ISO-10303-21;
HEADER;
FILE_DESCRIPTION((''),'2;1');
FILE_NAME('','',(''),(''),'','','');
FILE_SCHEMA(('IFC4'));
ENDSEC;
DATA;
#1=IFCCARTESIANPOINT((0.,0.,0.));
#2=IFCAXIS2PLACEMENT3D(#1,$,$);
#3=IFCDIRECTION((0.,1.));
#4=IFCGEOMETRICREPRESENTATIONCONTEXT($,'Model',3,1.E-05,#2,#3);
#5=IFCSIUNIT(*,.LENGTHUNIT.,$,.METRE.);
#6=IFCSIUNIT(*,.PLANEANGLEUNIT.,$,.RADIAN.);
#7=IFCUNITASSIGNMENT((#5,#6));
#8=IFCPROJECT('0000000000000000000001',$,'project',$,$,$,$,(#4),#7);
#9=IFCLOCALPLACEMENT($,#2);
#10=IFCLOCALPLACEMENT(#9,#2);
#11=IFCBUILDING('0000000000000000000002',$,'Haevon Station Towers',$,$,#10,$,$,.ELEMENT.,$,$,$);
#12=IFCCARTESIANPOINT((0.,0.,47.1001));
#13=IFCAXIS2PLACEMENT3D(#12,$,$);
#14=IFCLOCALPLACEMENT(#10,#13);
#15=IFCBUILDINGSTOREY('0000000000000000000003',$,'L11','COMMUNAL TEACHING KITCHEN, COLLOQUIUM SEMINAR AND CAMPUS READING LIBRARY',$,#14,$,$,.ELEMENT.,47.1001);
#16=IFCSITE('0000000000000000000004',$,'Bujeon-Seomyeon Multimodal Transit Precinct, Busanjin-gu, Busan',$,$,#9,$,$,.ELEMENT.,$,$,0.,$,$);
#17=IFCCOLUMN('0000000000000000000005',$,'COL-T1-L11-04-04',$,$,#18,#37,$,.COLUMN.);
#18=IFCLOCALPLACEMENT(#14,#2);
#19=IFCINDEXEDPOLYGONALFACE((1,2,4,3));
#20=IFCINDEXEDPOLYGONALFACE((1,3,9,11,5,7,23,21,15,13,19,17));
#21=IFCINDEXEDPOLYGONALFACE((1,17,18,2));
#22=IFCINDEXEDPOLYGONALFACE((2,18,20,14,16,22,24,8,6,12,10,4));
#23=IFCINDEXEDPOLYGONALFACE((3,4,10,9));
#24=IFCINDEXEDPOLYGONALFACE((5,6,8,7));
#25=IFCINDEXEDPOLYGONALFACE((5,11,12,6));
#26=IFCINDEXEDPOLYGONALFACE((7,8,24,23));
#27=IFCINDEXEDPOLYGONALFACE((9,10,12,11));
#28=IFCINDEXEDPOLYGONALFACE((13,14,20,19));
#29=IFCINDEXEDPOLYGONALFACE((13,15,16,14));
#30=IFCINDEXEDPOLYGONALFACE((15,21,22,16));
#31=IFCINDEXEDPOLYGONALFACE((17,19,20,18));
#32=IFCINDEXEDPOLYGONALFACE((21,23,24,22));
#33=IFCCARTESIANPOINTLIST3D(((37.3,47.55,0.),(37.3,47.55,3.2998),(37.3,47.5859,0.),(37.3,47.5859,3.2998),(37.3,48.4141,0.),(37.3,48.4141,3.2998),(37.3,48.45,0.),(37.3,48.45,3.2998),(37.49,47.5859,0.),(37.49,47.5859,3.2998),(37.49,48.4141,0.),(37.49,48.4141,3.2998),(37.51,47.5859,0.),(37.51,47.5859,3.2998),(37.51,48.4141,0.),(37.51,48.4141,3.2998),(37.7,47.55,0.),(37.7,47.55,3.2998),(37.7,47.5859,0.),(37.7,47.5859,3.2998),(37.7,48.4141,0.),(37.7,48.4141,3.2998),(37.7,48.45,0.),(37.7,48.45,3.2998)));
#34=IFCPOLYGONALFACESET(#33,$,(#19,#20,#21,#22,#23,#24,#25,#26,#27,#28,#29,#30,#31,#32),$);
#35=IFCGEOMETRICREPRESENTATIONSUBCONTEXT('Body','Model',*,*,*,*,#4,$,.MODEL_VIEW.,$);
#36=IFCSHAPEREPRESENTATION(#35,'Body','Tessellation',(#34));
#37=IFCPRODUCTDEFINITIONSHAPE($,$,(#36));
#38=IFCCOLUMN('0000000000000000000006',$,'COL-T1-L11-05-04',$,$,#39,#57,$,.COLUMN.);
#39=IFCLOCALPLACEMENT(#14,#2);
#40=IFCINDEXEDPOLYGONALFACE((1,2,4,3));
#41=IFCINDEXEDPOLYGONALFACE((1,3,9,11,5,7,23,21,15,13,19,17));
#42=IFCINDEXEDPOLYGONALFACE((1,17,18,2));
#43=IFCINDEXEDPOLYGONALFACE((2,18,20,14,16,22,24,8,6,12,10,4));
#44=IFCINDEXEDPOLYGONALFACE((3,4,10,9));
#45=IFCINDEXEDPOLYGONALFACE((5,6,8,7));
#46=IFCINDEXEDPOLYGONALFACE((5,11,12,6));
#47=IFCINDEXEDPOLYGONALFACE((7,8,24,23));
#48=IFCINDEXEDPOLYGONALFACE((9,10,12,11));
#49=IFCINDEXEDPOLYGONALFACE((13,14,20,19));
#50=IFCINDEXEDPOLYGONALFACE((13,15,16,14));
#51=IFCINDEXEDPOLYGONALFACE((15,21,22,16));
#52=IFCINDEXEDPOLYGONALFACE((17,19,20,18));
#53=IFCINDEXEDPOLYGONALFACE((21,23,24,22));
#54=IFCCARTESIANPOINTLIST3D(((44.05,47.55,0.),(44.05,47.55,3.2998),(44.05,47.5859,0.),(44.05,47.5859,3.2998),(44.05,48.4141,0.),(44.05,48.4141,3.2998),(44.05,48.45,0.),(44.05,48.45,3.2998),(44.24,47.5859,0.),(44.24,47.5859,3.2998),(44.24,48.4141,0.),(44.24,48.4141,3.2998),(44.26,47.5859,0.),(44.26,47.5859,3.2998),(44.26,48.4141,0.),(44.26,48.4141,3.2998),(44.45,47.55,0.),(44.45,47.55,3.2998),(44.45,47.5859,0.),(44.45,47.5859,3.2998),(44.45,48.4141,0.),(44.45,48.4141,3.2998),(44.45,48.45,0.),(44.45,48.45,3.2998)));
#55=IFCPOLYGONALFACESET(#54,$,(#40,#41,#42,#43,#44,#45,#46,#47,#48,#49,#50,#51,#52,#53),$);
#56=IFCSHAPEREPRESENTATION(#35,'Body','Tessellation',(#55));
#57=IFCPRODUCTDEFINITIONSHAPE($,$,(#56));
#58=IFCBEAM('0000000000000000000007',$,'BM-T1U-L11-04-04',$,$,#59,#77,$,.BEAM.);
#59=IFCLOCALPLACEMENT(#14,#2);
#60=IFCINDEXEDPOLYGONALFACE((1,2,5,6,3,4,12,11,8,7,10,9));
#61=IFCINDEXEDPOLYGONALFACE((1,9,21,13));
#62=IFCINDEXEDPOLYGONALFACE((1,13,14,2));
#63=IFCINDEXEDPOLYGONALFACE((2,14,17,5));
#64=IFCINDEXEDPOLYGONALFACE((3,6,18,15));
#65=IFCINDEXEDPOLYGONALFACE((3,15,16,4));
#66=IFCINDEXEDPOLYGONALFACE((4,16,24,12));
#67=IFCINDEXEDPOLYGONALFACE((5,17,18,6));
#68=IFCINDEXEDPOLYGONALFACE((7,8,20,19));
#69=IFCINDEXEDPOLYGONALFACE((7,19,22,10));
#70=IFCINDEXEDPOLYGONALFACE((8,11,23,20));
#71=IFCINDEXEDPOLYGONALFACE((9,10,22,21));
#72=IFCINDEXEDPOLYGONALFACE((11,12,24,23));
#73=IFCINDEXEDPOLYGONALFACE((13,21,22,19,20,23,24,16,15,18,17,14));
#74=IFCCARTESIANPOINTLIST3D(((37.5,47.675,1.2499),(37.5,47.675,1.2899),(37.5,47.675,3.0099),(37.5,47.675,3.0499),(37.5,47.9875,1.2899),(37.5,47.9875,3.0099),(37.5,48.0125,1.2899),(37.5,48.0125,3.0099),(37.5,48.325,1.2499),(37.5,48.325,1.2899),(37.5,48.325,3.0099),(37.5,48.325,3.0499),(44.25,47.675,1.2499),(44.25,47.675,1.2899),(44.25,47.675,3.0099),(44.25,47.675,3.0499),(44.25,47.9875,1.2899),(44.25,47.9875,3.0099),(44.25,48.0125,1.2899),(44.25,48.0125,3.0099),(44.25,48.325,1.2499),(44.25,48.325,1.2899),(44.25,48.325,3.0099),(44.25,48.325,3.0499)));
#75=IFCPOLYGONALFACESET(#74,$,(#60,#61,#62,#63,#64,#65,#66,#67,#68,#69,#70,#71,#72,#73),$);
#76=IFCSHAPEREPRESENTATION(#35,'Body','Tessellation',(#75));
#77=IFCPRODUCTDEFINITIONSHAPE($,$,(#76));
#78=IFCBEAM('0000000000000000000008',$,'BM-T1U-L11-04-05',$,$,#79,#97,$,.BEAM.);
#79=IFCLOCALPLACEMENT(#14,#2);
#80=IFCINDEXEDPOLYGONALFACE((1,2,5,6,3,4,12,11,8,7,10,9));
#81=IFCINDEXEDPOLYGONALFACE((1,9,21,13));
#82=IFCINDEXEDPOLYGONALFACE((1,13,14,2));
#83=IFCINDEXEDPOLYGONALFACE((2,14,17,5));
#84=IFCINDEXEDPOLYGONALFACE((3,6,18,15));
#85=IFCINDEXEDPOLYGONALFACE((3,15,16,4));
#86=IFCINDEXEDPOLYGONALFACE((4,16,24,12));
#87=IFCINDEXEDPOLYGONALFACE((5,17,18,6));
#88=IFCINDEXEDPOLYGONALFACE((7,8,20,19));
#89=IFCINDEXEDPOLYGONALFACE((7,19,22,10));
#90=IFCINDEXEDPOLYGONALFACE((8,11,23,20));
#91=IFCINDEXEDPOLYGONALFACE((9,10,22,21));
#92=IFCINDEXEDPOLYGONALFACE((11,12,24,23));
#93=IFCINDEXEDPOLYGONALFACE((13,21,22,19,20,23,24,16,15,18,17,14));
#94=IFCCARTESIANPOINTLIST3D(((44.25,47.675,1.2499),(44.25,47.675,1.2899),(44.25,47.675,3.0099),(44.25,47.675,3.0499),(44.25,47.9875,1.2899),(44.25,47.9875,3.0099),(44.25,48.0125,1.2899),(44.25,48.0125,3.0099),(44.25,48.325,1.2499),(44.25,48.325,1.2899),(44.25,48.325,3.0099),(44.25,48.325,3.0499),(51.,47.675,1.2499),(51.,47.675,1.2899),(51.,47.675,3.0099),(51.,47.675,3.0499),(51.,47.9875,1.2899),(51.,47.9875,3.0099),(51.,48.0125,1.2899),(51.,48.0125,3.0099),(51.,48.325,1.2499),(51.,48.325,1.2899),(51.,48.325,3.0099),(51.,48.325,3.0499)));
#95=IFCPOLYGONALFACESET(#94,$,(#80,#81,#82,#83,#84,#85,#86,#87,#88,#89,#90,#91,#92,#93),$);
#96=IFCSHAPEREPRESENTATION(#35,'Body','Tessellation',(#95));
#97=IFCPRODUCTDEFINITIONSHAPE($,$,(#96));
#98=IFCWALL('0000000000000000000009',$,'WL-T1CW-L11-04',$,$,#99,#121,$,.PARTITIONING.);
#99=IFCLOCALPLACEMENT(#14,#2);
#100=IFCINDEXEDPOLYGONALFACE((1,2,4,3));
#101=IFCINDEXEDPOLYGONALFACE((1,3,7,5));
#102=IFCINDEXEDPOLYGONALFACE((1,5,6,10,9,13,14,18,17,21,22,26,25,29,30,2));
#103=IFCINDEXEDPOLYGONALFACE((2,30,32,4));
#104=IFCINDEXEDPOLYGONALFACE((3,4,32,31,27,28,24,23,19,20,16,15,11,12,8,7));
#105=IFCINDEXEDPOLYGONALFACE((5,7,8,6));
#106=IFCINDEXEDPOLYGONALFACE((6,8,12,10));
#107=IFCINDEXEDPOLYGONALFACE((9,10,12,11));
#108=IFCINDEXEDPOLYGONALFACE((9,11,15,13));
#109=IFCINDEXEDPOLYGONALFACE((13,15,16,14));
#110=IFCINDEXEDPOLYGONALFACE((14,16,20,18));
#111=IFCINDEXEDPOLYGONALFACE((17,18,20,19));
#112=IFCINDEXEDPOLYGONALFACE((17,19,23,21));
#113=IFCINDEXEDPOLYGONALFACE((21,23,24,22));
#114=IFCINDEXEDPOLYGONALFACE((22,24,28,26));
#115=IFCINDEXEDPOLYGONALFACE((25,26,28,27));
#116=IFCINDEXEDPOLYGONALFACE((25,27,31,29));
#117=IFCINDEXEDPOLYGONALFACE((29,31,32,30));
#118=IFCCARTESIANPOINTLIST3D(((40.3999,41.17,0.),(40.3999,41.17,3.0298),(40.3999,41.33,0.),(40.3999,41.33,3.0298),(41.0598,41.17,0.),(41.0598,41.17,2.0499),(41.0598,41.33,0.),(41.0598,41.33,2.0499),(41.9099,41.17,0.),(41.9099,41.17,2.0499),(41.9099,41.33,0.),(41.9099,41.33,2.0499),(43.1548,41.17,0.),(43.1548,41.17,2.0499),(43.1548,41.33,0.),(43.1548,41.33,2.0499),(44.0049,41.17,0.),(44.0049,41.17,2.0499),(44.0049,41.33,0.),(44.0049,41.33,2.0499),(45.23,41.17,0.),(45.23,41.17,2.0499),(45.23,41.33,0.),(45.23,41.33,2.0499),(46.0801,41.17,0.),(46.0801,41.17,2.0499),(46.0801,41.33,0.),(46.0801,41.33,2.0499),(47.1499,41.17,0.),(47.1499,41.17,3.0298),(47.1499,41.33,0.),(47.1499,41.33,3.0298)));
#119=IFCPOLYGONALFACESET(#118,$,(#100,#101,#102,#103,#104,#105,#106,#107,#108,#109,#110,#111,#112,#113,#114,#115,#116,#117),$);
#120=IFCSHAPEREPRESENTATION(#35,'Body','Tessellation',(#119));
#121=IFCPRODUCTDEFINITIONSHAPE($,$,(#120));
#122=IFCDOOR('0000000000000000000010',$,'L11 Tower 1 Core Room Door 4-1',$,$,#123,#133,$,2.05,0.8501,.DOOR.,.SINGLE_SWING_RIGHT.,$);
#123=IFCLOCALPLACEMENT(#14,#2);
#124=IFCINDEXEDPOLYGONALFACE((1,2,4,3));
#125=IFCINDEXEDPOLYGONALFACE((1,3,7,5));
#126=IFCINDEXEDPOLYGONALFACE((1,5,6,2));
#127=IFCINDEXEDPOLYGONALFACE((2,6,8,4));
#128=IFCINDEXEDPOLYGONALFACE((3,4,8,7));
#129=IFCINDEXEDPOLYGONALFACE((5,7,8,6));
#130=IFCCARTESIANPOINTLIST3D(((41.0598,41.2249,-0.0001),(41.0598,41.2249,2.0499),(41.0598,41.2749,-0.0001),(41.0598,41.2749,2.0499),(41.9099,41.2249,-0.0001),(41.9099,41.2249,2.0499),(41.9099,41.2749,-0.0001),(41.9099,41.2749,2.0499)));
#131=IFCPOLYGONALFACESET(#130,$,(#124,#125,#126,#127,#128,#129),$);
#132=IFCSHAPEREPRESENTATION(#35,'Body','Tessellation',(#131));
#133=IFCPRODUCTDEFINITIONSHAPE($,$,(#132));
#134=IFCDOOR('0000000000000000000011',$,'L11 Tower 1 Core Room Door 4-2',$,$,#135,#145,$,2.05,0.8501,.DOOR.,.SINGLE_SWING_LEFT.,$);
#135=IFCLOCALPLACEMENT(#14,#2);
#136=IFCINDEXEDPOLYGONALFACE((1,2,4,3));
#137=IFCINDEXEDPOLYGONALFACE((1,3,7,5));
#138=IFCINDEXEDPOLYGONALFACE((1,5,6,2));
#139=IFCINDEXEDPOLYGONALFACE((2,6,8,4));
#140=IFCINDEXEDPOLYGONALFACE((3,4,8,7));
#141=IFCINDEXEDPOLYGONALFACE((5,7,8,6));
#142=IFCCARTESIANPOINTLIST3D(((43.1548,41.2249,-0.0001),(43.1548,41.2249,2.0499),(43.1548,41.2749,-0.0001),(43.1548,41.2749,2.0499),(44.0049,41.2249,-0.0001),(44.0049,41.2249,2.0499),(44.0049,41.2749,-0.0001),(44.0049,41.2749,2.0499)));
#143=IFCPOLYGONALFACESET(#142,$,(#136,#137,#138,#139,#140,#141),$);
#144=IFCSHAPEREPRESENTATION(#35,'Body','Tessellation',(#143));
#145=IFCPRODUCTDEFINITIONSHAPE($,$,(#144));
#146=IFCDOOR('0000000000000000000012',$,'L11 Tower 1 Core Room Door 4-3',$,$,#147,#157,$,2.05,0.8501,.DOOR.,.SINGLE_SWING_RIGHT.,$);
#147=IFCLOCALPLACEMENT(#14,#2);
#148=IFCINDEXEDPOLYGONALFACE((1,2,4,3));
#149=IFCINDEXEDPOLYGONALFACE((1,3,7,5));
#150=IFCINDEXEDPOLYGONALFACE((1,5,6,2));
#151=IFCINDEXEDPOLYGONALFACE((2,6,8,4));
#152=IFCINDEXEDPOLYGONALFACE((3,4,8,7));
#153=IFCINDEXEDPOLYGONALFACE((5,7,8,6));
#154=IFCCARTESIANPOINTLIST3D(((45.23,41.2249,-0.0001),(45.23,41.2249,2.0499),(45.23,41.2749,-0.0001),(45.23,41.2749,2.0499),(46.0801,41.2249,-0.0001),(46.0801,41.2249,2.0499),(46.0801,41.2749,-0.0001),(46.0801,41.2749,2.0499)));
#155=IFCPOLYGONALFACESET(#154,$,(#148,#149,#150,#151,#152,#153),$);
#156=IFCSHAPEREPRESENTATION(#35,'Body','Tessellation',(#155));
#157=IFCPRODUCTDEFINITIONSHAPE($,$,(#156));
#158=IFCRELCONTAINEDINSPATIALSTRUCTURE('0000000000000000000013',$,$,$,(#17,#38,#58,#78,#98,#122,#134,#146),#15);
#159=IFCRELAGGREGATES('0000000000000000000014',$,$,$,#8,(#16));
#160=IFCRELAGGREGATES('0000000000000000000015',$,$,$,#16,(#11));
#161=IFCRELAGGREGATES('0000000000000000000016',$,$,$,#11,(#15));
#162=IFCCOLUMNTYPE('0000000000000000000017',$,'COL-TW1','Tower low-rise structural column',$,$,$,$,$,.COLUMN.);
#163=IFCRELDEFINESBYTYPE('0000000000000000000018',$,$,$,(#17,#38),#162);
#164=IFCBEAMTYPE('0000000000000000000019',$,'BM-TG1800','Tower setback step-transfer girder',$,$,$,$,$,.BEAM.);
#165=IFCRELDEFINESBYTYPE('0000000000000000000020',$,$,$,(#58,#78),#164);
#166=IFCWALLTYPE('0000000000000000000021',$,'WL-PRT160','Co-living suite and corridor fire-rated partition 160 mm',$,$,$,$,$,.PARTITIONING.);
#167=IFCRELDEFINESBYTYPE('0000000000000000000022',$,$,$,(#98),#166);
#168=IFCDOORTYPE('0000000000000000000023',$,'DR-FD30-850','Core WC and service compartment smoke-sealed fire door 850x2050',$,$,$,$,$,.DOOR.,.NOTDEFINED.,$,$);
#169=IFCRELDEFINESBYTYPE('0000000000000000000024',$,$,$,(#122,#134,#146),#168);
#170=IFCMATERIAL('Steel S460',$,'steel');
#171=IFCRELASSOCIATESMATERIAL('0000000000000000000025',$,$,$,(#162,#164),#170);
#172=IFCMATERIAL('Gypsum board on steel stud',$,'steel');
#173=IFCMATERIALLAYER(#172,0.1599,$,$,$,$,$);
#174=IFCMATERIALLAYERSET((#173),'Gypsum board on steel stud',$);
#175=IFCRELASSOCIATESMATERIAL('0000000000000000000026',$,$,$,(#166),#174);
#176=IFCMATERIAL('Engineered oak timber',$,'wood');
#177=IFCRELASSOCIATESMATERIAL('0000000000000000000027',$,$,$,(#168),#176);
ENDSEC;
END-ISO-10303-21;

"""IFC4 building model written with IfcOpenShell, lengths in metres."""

from ifc_helpers import new_model, si_unit, direction, frame, frame_2d, origin, origin_2d, place, context, subcontext, project, spatial, rectangle, i_section, extrude, material, layer, layer_set, material_profile, profile_set, type_object, element, fill, save


model = new_model("IFC4")

# Units and contexts
model_context = context("Model", 3, precision=1e-05, world=origin(), true_north=direction((0.0, 1.0)))
body_context = subcontext(model_context, "Body", "Model", "MODEL_VIEW")
ifc_project = project(units=[si_unit("LENGTHUNIT", "METRE"), si_unit("PLANEANGLEUNIT", "RADIAN")], contexts=[model_context])

# Site, building, storey
site_placement = place(None, origin())
site = spatial("IfcSite", under=ifc_project, at=site_placement, Name="Bujeon-Seomyeon Multimodal Transit Precinct, Busanjin-gu, Busan", CompositionType="ELEMENT", RefElevation=0.0)
building_placement = place(site_placement, origin())
building = spatial("IfcBuilding", under=site, at=building_placement, Name="Haevon Station Towers", CompositionType="ELEMENT")
storey_placement = place(building_placement, frame((0.0, 0.0, 47.1001)))
storey = spatial("IfcBuildingStorey", under=building, at=storey_placement, Name="L11", Description="COMMUNAL TEACHING KITCHEN, COLLOQUIUM SEMINAR AND CAMPUS READING LIBRARY", CompositionType="ELEMENT", Elevation=47.1001)

# Columns
ifc_material_1 = material(Name="Steel S460", Category="steel")
ifc_material_profile_1 = material_profile(ifc_material_1, i_section(OverallWidth=0.3999, OverallDepth=0.8999, WebThickness=0.02, FlangeThickness=0.0359, at=origin_2d()), Name="H-900x400x20x36")
ifc_profile_set_1 = profile_set([ifc_material_profile_1], Name="Steel S460")
column_type = type_object("IfcColumnType", Name="COL-TW1", Description="Tower low-rise structural column", PredefinedType="COLUMN", material=ifc_profile_set_1)
for number, where, z_axis, x_axis, name in (
    (1, (37.5, 48.0, 0.0), (0.0, 0.0, 1.0), (1.0, 0.0, 0.0), "COL-T1-L11-04-04"),
    (2, (44.25, 48.0, 0.0), (0.0, 0.0, 1.0), (1.0, 0.0, 0.0), "COL-T1-L11-05-04"),
):
    element("IfcColumn", number, at=place(storey_placement, frame(where, z_axis=z_axis, x_axis=x_axis)), inside=storey, type_object=column_type, Name=name, PredefinedType="COLUMN", context=body_context, shape_type="SweptSolid", body=[
        extrude(i_section(OverallWidth=0.3999, OverallDepth=0.8999, WebThickness=0.02, FlangeThickness=0.0359, at=origin_2d()), origin(), (0.0, 0.0, 1.0), 3.2998),
    ])

# Beams
ifc_material_profile_2 = material_profile(ifc_material_1, i_section(OverallWidth=0.6499, OverallDepth=1.8, WebThickness=0.0249, FlangeThickness=0.04, at=origin_2d()), Name="H-1800x650x25x40")
ifc_profile_set_2 = profile_set([ifc_material_profile_2], Name="Steel S460")
beam_type = type_object("IfcBeamType", Name="BM-TG1800", Description="Tower setback step-transfer girder", PredefinedType="BEAM", material=ifc_profile_set_2)
for number, where, z_axis, x_axis, name in (
    (3, (37.5, 48.0, 2.1499), (1.0, 0.0, 0.0), (0.0, 1.0, 0.0), "BM-T1U-L11-04-04"),
    (4, (44.25, 48.0, 2.1499), (1.0, 0.0, 0.0), (0.0, 1.0, 0.0), "BM-T1U-L11-04-05"),
):
    element("IfcBeam", number, at=place(storey_placement, frame(where, z_axis=z_axis, x_axis=x_axis)), inside=storey, type_object=beam_type, Name=name, PredefinedType="BEAM", context=body_context, shape_type="SweptSolid", body=[
        extrude(i_section(OverallWidth=0.6499, OverallDepth=1.8, WebThickness=0.0249, FlangeThickness=0.04, at=origin_2d()), origin(), (0.0, 0.0, 1.0), 6.75),
    ])

# Wall, openings, doors
ifc_material_2 = material(Name="Gypsum board on steel stud", Category="steel")
ifc_layer_1 = layer(ifc_material_2, 0.1599)
ifc_layer_set_1 = layer_set([ifc_layer_1], Name="Gypsum board on steel stud")
wall_type_1 = type_object("IfcWallType", Name="WL-PRT160", Description="Co-living suite and corridor fire-rated partition 160 mm", PredefinedType="PARTITIONING", material=ifc_layer_set_1)
wall_1_placement = place(storey_placement, frame((40.3999, 41.25, 0.0), z_axis=(0.0, 0.0, 1.0), x_axis=(1.0, 0.0, 0.0)))
wall_1 = element("IfcWall", 5, at=wall_1_placement, inside=storey, type_object=wall_type_1, Name="WL-T1CW-L11-04", PredefinedType="PARTITIONING", context=body_context, shape_type="SweptSolid", body=[
    extrude(rectangle(XDim=6.75, YDim=0.1599, at=frame_2d((3.375, 0.0))), origin(), (0.0, 0.0, 1.0), 3.0298),
])
opening_1_placement = place(wall_1_placement, frame((0.6599, 0.0, 0.0)))
opening_1 = element("IfcOpeningElement", 6, at=opening_1_placement, cuts=wall_1, PredefinedType="OPENING", context=body_context, shape_type="SweptSolid", body=[
    extrude(rectangle(XDim=0.8501, YDim=2.05, at=frame_2d((0.425, 1.0249))), frame((0.0, 0.0898, 0.0), z_axis=(0.0, -1.0, 0.0), x_axis=(1.0, 0.0, 0.0)), (0.0, 0.0, 1.0), 0.1799),
])
opening_2_placement = place(wall_1_placement, frame((2.7549, 0.0, 0.0)))
opening_2 = element("IfcOpeningElement", 7, at=opening_2_placement, cuts=wall_1, PredefinedType="OPENING", context=body_context, shape_type="SweptSolid", body=[
    extrude(rectangle(XDim=0.8501, YDim=2.05, at=frame_2d((0.425, 1.0249))), frame((0.0, 0.0898, 0.0), z_axis=(0.0, -1.0, 0.0), x_axis=(1.0, 0.0, 0.0)), (0.0, 0.0, 1.0), 0.1799),
])
opening_3_placement = place(wall_1_placement, frame((4.8301, 0.0, 0.0)))
opening_3 = element("IfcOpeningElement", 8, at=opening_3_placement, cuts=wall_1, PredefinedType="OPENING", context=body_context, shape_type="SweptSolid", body=[
    extrude(rectangle(XDim=0.8501, YDim=2.05, at=frame_2d((0.425, 1.0249))), frame((0.0, 0.0898, 0.0), z_axis=(0.0, -1.0, 0.0), x_axis=(1.0, 0.0, 0.0)), (0.0, 0.0, 1.0), 0.1799),
])
ifc_material_3 = material(Name="Engineered oak timber", Category="wood")
door_type_1 = type_object("IfcDoorType", Name="DR-FD30-850", Description="Core WC and service compartment smoke-sealed fire door 850x2050", OperationType="NOTDEFINED", PredefinedType="DOOR", material=ifc_material_3)
door_1_placement = place(opening_1_placement, origin())
door_1 = element("IfcDoor", 9, at=door_1_placement, inside=storey, type_object=door_type_1, Name="L11 Tower 1 Core Room Door 4-1", OperationType="SINGLE_SWING_RIGHT", OverallHeight=2.05, OverallWidth=0.8501, PredefinedType="DOOR", context=body_context, shape_type="SweptSolid", body=[
    extrude(rectangle(XDim=0.8501, YDim=2.05, at=frame_2d((0.425, 1.0249))), frame((0.0, 0.0249, 0.0), z_axis=(0.0, -1.0, 0.0), x_axis=(1.0, 0.0, 0.0)), (0.0, 0.0, 1.0), 0.05),
])
fill(opening_1, door_1)
door_2_placement = place(opening_2_placement, origin())
door_2 = element("IfcDoor", 10, at=door_2_placement, inside=storey, type_object=door_type_1, Name="L11 Tower 1 Core Room Door 4-2", OperationType="SINGLE_SWING_LEFT", OverallHeight=2.05, OverallWidth=0.8501, PredefinedType="DOOR", context=body_context, shape_type="SweptSolid", body=[
    extrude(rectangle(XDim=0.8501, YDim=2.05, at=frame_2d((0.425, 1.0249))), frame((0.0, 0.0249, 0.0), z_axis=(0.0, -1.0, 0.0), x_axis=(1.0, 0.0, 0.0)), (0.0, 0.0, 1.0), 0.05),
])
fill(opening_2, door_2)
door_3_placement = place(opening_3_placement, origin())
door_3 = element("IfcDoor", 11, at=door_3_placement, inside=storey, type_object=door_type_1, Name="L11 Tower 1 Core Room Door 4-3", OperationType="SINGLE_SWING_RIGHT", OverallHeight=2.05, OverallWidth=0.8501, PredefinedType="DOOR", context=body_context, shape_type="SweptSolid", body=[
    extrude(rectangle(XDim=0.8501, YDim=2.05, at=frame_2d((0.425, 1.0249))), frame((0.0, 0.0249, 0.0), z_axis=(0.0, -1.0, 0.0), x_axis=(1.0, 0.0, 0.0)), (0.0, 0.0, 1.0), 0.05),
])
fill(opening_3, door_3)

save(model, "model.ifc")
